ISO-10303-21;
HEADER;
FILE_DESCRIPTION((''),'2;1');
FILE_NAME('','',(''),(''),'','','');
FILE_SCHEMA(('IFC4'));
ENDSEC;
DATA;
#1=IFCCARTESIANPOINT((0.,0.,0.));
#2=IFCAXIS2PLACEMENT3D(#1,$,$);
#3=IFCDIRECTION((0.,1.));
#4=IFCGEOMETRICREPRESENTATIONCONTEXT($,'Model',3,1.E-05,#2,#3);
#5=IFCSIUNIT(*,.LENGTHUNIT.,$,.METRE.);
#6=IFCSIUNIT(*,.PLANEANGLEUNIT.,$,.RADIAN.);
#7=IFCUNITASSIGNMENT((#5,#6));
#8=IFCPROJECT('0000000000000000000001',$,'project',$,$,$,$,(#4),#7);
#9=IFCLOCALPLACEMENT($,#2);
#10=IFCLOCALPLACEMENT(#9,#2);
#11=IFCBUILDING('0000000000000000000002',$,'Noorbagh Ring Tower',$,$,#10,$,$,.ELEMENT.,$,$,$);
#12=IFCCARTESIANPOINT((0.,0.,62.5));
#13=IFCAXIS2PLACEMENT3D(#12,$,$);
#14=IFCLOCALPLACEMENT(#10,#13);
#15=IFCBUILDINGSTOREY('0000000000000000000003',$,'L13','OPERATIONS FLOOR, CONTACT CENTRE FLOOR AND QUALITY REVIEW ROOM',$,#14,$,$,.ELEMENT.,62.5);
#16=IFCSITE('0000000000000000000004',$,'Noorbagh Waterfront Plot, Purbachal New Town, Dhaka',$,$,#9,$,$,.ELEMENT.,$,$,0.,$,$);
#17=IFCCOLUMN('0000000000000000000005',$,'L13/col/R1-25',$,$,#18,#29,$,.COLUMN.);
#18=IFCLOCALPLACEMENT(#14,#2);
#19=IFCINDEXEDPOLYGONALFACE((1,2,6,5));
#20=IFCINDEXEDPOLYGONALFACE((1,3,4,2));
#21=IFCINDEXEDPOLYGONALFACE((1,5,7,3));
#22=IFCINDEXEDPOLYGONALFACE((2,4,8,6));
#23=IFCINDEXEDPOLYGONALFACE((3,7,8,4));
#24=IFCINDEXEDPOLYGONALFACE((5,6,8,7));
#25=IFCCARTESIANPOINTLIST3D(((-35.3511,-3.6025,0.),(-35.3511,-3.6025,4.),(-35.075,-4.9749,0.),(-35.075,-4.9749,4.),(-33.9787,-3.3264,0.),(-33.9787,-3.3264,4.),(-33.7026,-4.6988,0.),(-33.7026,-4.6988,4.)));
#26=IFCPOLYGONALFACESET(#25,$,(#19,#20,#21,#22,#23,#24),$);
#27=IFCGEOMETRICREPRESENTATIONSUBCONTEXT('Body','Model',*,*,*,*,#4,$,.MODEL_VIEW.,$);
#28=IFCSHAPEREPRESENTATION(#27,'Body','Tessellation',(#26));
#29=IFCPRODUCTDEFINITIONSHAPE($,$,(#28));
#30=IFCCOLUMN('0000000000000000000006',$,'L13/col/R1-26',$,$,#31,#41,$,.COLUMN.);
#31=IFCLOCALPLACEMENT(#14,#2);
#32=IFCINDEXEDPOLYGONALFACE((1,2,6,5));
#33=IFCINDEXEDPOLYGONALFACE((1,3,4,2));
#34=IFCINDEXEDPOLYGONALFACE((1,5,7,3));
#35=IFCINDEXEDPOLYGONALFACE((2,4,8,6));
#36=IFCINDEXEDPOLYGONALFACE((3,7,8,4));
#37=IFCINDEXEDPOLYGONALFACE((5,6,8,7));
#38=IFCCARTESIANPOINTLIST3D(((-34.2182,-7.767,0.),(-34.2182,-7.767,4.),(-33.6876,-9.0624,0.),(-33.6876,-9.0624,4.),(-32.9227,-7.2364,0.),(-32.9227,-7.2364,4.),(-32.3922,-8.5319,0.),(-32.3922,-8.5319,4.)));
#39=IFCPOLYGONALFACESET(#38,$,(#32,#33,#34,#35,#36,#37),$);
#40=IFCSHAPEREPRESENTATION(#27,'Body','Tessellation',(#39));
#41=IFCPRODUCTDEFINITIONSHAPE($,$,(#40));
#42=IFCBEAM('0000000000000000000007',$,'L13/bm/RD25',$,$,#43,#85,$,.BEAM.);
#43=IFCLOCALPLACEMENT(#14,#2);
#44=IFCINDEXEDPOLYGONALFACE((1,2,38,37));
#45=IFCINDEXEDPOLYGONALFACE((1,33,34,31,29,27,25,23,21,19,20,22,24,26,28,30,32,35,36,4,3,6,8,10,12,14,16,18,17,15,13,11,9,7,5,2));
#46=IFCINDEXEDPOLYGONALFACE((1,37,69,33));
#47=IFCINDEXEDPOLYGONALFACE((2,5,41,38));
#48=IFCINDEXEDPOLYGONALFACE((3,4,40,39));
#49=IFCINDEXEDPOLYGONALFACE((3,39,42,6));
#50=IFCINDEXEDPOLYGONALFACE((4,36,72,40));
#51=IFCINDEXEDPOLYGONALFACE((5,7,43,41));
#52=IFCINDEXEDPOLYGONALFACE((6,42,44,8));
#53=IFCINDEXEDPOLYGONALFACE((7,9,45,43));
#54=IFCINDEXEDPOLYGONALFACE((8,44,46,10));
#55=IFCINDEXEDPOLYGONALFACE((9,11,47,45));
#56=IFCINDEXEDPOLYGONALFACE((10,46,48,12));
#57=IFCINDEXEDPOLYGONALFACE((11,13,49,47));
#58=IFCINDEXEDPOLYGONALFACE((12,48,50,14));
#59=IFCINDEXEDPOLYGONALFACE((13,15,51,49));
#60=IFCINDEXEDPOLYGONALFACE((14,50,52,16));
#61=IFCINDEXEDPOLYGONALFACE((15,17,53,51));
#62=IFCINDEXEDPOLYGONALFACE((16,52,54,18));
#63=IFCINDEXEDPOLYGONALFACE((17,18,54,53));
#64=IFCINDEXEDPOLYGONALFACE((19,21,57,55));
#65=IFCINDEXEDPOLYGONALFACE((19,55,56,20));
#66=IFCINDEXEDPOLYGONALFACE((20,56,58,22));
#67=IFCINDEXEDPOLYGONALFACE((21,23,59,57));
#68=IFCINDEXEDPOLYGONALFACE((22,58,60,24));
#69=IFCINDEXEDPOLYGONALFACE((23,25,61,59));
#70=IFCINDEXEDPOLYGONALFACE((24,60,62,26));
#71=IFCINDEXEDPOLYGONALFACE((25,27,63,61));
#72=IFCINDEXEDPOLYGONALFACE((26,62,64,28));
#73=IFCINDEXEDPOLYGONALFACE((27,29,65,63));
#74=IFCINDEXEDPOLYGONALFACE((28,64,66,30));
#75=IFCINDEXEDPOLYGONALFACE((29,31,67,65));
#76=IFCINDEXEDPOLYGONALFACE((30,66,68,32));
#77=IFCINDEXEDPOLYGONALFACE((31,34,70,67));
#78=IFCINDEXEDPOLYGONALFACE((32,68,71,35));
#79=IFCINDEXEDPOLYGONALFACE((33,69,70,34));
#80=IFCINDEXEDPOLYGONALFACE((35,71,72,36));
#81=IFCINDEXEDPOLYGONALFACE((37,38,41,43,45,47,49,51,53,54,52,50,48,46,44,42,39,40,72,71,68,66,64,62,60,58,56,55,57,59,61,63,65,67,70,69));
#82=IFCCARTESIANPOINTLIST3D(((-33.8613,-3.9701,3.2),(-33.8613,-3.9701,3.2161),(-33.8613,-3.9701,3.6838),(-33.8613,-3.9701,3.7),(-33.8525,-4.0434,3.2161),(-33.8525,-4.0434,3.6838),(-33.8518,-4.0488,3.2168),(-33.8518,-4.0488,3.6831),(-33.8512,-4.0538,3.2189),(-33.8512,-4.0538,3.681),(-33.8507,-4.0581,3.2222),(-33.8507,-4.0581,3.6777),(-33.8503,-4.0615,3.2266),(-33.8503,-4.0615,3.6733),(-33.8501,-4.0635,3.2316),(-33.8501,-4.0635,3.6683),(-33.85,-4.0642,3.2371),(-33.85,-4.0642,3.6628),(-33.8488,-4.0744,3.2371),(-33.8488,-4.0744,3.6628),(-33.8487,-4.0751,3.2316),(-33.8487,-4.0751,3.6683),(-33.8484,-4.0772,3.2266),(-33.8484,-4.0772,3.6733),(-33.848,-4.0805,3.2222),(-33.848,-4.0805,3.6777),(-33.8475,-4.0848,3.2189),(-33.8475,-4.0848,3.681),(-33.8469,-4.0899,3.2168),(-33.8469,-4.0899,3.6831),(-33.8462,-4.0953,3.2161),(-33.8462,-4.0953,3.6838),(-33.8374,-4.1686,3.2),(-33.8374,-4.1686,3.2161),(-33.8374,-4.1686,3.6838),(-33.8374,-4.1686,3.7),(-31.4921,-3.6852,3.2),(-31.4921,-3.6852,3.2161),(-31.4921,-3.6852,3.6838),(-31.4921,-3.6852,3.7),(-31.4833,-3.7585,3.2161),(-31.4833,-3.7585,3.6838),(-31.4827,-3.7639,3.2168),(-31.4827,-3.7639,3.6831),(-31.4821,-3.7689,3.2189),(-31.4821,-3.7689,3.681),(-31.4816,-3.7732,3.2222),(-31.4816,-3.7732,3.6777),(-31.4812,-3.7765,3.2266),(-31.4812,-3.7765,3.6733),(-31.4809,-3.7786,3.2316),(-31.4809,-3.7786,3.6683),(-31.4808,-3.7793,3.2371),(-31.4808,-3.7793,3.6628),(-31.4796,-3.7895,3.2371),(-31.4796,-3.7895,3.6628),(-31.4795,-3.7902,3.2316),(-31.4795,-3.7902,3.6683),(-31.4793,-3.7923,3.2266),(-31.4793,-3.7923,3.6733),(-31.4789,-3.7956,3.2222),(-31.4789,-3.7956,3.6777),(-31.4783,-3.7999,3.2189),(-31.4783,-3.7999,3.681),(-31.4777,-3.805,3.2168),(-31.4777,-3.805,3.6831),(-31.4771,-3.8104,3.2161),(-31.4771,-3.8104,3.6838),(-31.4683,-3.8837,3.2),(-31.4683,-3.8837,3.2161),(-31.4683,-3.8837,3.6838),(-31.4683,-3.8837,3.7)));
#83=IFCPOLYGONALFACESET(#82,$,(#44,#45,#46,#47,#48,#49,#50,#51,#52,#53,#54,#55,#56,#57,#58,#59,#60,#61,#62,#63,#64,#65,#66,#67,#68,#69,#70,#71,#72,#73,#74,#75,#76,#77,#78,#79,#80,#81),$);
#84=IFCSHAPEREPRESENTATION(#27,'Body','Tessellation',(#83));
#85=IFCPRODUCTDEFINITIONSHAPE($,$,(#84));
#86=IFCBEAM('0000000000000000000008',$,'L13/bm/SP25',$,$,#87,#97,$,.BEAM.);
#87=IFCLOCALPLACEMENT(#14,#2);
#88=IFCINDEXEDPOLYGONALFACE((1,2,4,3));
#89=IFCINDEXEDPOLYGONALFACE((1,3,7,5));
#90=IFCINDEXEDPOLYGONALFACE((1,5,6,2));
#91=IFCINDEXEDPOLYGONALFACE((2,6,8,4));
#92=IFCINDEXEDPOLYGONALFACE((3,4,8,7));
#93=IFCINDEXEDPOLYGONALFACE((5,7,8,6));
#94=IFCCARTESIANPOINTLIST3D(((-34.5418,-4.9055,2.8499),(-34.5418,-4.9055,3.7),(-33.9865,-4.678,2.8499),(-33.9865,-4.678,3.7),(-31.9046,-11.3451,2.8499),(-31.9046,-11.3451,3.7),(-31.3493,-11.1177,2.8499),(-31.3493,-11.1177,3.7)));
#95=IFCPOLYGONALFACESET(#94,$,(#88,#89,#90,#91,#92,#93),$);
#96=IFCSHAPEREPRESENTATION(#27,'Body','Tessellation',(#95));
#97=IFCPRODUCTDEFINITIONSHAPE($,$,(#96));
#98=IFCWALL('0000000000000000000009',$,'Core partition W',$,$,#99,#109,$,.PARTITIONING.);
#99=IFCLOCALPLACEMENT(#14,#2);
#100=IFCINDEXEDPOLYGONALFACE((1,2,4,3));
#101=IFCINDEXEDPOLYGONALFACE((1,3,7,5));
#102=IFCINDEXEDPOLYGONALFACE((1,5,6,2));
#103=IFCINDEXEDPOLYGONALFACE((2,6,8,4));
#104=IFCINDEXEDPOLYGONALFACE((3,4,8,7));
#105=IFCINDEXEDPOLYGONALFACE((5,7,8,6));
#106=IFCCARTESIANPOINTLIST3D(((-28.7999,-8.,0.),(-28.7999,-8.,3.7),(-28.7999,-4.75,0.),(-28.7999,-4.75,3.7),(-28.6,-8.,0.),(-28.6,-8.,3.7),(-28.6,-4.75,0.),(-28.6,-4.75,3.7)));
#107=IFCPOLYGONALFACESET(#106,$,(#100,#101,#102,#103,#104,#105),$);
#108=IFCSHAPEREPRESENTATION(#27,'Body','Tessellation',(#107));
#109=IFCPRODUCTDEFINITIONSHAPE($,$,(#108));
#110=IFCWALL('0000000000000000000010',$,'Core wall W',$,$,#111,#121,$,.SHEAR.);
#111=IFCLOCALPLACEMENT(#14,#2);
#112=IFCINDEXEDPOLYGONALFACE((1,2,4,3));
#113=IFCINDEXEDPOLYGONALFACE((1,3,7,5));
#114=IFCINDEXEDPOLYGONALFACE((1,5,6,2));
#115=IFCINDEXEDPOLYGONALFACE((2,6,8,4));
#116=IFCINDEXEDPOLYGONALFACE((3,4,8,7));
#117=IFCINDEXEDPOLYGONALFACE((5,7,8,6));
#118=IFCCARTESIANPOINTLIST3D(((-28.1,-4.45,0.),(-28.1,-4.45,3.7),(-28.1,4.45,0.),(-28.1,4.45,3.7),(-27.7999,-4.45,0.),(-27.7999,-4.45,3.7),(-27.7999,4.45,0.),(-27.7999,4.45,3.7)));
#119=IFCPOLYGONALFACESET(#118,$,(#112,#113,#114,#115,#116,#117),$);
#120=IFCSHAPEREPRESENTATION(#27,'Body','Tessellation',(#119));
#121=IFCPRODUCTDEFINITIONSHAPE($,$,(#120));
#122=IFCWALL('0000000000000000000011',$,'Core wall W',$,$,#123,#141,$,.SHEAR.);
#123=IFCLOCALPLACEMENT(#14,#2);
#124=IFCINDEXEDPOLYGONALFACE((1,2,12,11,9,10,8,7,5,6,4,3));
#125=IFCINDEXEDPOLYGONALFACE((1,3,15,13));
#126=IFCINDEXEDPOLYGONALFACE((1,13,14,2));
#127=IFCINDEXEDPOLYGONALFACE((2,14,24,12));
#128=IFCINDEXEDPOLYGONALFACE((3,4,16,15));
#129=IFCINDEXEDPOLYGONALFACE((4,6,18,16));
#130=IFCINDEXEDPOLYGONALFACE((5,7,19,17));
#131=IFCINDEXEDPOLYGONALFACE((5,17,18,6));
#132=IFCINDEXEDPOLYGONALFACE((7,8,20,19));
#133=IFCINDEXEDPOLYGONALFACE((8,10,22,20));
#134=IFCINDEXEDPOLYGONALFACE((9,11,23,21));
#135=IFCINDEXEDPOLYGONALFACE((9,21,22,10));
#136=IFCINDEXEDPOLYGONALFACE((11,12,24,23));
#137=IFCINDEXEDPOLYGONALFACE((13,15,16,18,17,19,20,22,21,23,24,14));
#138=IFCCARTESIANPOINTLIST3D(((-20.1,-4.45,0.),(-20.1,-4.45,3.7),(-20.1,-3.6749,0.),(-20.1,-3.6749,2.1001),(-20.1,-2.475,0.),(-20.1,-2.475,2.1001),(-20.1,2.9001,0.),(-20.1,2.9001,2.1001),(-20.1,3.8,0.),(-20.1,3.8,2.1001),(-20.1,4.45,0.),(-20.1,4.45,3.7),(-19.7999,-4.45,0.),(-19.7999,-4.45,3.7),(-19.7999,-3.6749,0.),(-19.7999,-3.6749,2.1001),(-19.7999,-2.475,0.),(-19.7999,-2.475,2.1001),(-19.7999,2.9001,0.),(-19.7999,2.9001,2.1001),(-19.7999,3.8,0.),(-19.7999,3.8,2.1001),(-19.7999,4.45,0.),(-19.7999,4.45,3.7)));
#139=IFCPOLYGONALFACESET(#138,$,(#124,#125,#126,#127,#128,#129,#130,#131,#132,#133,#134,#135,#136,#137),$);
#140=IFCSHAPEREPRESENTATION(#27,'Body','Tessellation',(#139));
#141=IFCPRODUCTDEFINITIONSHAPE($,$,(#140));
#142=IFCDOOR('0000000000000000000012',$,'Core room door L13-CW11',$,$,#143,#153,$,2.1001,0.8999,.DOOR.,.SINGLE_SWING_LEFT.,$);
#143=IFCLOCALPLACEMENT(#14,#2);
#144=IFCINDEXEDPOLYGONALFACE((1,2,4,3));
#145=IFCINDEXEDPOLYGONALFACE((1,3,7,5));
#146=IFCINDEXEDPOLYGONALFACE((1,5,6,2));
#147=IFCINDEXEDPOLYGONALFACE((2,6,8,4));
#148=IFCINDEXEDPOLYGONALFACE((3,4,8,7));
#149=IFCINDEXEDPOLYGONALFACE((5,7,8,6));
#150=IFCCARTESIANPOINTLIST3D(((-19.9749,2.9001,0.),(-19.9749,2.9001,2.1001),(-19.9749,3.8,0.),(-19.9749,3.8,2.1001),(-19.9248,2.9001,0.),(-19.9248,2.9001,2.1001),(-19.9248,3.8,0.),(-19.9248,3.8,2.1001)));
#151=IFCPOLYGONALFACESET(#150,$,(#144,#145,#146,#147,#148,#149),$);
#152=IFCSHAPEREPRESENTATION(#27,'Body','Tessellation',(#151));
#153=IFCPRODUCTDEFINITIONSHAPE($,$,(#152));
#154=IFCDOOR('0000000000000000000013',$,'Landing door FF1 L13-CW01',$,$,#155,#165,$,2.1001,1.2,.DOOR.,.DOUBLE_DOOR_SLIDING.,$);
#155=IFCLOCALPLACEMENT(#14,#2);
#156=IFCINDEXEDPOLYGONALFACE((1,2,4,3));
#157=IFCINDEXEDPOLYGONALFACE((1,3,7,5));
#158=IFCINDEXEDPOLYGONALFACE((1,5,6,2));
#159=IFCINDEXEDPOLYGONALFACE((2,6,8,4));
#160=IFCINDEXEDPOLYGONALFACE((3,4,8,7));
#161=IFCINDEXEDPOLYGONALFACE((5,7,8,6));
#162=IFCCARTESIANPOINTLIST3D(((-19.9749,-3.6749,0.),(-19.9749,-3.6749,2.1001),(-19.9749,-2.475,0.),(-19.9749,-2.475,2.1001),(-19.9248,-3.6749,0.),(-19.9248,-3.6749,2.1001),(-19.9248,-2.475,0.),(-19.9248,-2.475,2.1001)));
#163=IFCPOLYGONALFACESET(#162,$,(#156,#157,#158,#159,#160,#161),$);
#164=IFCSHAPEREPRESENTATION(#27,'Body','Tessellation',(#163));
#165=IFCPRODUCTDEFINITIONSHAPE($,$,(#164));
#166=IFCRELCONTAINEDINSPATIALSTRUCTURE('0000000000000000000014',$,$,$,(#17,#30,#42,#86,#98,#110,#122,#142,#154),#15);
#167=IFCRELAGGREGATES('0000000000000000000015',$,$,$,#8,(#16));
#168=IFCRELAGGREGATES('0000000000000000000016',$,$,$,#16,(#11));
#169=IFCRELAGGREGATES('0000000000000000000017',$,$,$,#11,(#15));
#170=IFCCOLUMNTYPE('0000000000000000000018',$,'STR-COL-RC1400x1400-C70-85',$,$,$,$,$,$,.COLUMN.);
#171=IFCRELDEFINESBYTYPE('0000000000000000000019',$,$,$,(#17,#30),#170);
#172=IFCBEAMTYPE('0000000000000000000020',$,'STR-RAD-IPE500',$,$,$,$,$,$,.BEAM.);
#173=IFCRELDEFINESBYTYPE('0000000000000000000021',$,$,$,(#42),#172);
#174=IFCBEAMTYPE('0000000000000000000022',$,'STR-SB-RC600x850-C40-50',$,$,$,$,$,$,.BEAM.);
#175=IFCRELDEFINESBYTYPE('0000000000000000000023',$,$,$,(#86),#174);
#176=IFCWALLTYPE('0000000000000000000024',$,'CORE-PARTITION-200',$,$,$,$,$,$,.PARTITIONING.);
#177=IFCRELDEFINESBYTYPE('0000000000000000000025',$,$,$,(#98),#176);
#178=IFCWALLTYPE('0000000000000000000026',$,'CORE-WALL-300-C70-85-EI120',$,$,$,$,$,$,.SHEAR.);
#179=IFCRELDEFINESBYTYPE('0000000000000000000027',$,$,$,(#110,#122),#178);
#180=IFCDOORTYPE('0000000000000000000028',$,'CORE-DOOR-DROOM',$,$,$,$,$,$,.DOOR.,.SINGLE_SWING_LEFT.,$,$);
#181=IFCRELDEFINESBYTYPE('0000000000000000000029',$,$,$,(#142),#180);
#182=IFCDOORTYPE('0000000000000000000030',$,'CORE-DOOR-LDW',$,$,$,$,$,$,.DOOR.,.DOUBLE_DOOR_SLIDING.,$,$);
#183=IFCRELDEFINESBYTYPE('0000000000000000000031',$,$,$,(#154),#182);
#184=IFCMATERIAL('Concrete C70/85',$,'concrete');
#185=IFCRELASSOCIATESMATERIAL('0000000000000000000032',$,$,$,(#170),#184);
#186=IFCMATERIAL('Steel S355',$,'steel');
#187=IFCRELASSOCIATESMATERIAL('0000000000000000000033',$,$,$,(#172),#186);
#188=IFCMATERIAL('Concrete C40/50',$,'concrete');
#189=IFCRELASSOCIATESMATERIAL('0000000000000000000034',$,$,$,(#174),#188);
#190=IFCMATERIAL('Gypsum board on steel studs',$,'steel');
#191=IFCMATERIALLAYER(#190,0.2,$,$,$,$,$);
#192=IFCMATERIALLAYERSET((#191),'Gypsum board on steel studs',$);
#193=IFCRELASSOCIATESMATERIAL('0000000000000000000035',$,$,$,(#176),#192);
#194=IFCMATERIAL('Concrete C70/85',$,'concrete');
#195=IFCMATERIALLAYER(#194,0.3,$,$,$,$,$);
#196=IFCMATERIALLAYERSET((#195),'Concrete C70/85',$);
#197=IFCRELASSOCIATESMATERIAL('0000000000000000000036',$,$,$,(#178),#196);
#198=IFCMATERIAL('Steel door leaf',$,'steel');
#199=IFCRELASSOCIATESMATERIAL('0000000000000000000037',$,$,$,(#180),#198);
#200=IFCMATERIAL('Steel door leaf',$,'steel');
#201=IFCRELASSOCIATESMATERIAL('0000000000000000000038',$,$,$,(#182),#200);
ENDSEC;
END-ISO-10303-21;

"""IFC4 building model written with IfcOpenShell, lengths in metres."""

from ifc_helpers import new_model, si_unit, direction, frame, frame_2d, origin, origin_2d, place, context, subcontext, project, spatial, rectangle, i_section, extrude, material, layer, layer_set, material_profile, profile_set, type_object, element, fill, save


model = new_model("IFC4")

# Units and contexts
model_context = context("Model", 3, precision=1e-05, world=origin(), true_north=direction((0.0, 1.0)))
body_context = subcontext(model_context, "Body", "Model", "MODEL_VIEW")
ifc_project = project(units=[si_unit("LENGTHUNIT", "METRE"), si_unit("PLANEANGLEUNIT", "RADIAN")], contexts=[model_context])

# Site, building, storey
site_placement = place(None, origin())
site = spatial("IfcSite", under=ifc_project, at=site_placement, Name="Noorbagh Waterfront Plot, Purbachal New Town, Dhaka", CompositionType="ELEMENT", RefElevation=0.0)
building_placement = place(site_placement, origin())
building = spatial("IfcBuilding", under=site, at=building_placement, Name="Noorbagh Ring Tower", CompositionType="ELEMENT")
storey_placement = place(building_placement, frame((0.0, 0.0, 62.5)))
storey = spatial("IfcBuildingStorey", under=building, at=storey_placement, Name="L13", Description="OPERATIONS FLOOR, CONTACT CENTRE FLOOR AND QUALITY REVIEW ROOM", CompositionType="ELEMENT", Elevation=62.5)

# Columns
ifc_material_1 = material(Name="Concrete C70/85", Category="concrete")
ifc_material_profile_1 = material_profile(ifc_material_1, rectangle(XDim=1.3999, YDim=1.3999, at=origin_2d()), Name="RC1400x1400")
ifc_profile_set_1 = profile_set([ifc_material_profile_1], Name="Concrete C70/85")
column_type = type_object("IfcColumnType", Name="STR-COL-RC1400x1400-C70-85", PredefinedType="COLUMN", material=ifc_profile_set_1)
for number, where, z_axis, x_axis, name in (
    (1, (-34.5269, -4.1506, 0.0), (0.0, 0.0, 1.0), (0.19723, -0.980357, 0.0), "L13/col/R1-25"),
    (2, (-33.3052, -8.1494, 0.0), (0.0, 0.0, 1.0), (0.378989, -0.925401, 0.0), "L13/col/R1-26"),
):
    element("IfcColumn", number, at=place(storey_placement, frame(where, z_axis=z_axis, x_axis=x_axis)), inside=storey, type_object=column_type, Name=name, PredefinedType="COLUMN", context=body_context, shape_type="SweptSolid", body=[
        extrude(rectangle(XDim=1.3999, YDim=1.3999, at=origin_2d()), origin(), (0.0, 0.0, 1.0), 4.0),
    ])

# Beams
ifc_material_2 = material(Name="Steel S355", Category="steel")
ifc_material_profile_2 = material_profile(ifc_material_2, i_section(OverallWidth=0.2, OverallDepth=0.5, WebThickness=0.0103, FlangeThickness=0.0161, FilletRadius=0.021, at=origin_2d()), Name="IPE500")
ifc_profile_set_2 = profile_set([ifc_material_profile_2], Name="Steel S355")
beam_type_1 = type_object("IfcBeamType", Name="STR-RAD-IPE500", PredefinedType="BEAM", material=ifc_profile_set_2)
beam_1_placement = place(storey_placement, frame((-33.8494, -4.0693, 3.45), z_axis=(0.992846, 0.119399, 0.0), x_axis=(-0.119399, 0.992846, 0.0)))
element("IfcBeam", 3, at=beam_1_placement, inside=storey, type_object=beam_type_1, Name="L13/bm/RD25", PredefinedType="BEAM", context=body_context, shape_type="SweptSolid", body=[
    extrude(i_section(OverallWidth=0.2, OverallDepth=0.5, WebThickness=0.0103, FlangeThickness=0.0161, FilletRadius=0.021, at=origin_2d()), origin(), (0.0, 0.0, 1.0), 2.3862),
])
ifc_material_3 = material(Name="Concrete C40/50", Category="concrete")
ifc_material_profile_3 = material_profile(ifc_material_3, rectangle(XDim=0.6001, YDim=0.8501, at=origin_2d()), Name="RC600x850")
ifc_profile_set_3 = profile_set([ifc_material_profile_3], Name="Concrete C40/50")
beam_type_2 = type_object("IfcBeamType", Name="STR-SB-RC600x850-C40-50", PredefinedType="BEAM", material=ifc_profile_set_3)
beam_2_placement = place(storey_placement, frame((-34.2642, -4.7917, 3.2749), z_axis=(0.378976, -0.925407, 0.0), x_axis=(0.925407, 0.378976, 0.0)))
element("IfcBeam", 4, at=beam_2_placement, inside=storey, type_object=beam_type_2, Name="L13/bm/SP25", PredefinedType="BEAM", context=body_context, shape_type="SweptSolid", body=[
    extrude(rectangle(XDim=0.6001, YDim=0.8501, at=origin_2d()), origin(), (0.0, 0.0, 1.0), 6.9587),
])

# Walls
ifc_material_4 = material(Name="Gypsum board on steel studs", Category="steel")
ifc_layer_1 = layer(ifc_material_4, 0.2)
ifc_layer_set_1 = layer_set([ifc_layer_1], Name="Gypsum board on steel studs")
wall_type_1 = type_object("IfcWallType", Name="CORE-PARTITION-200", PredefinedType="PARTITIONING", material=ifc_layer_set_1)
wall_1_placement = place(storey_placement, frame((-28.7, -8.0, 0.0), z_axis=(0.0, 0.0, 1.0), x_axis=(0.0, 1.0, 0.0)))
element("IfcWall", 5, at=wall_1_placement, inside=storey, type_object=wall_type_1, Name="Core partition W", PredefinedType="PARTITIONING", context=body_context, shape_type="SweptSolid", body=[
    extrude(rectangle(XDim=3.25, YDim=0.2, at=frame_2d((1.625, 0.0))), origin(), (0.0, 0.0, 1.0), 3.7),
])
ifc_material_5 = material(Name="Concrete C70/85", Category="concrete")
ifc_layer_2 = layer(ifc_material_5, 0.3)
ifc_layer_set_2 = layer_set([ifc_layer_2], Name="Concrete C70/85")
wall_type_2 = type_object("IfcWallType", Name="CORE-WALL-300-C70-85-EI120", PredefinedType="SHEAR", material=ifc_layer_set_2)
wall_2_placement = place(storey_placement, frame((-27.95, -4.45, 0.0), z_axis=(0.0, 0.0, 1.0), x_axis=(0.0, 1.0, 0.0)))
element("IfcWall", 6, at=wall_2_placement, inside=storey, type_object=wall_type_2, Name="Core wall W", PredefinedType="SHEAR", context=body_context, shape_type="SweptSolid", body=[
    extrude(rectangle(XDim=8.8999, YDim=0.3, at=frame_2d((4.45, 0.0))), origin(), (0.0, 0.0, 1.0), 3.7),
])

# Wall, openings, doors
wall_3_placement = place(storey_placement, frame((-19.95, -4.45, 0.0), z_axis=(0.0, 0.0, 1.0), x_axis=(0.0, 1.0, 0.0)))
wall_3 = element("IfcWall", 7, at=wall_3_placement, inside=storey, type_object=wall_type_2, Name="Core wall W", PredefinedType="SHEAR", context=body_context, shape_type="SweptSolid", body=[
    extrude(rectangle(XDim=8.8999, YDim=0.3, at=frame_2d((4.45, 0.0))), origin(), (0.0, 0.0, 1.0), 3.7),
])
opening_1_placement = place(wall_3_placement, frame((0.7749, 0.0, 0.0)))
opening_1 = element("IfcOpeningElement", 8, at=opening_1_placement, cuts=wall_3, PredefinedType="OPENING", context=body_context, shape_type="SweptSolid", body=[
    extrude(rectangle(XDim=1.2, YDim=2.1001, at=frame_2d((0.6001, 1.05))), frame((0.0, 0.1602, 0.0), z_axis=(0.0, -1.0, 0.0), x_axis=(1.0, 0.0, 0.0)), (0.0, 0.0, 1.0), 0.3201),
])
opening_2_placement = place(wall_3_placement, frame((7.3501, 0.0, 0.0)))
opening_2 = element("IfcOpeningElement", 9, at=opening_2_placement, cuts=wall_3, PredefinedType="OPENING", context=body_context, shape_type="SweptSolid", body=[
    extrude(rectangle(XDim=0.8999, YDim=2.1001, at=frame_2d((0.45, 1.05))), frame((0.0, 0.1602, 0.0), z_axis=(0.0, -1.0, 0.0), x_axis=(1.0, 0.0, 0.0)), (0.0, 0.0, 1.0), 0.3201),
])
ifc_material_6 = material(Name="Steel door leaf", Category="steel")
door_type_1 = type_object("IfcDoorType", Name="CORE-DOOR-DROOM", OperationType="SINGLE_SWING_LEFT", PredefinedType="DOOR", material=ifc_material_6)
door_1_placement = place(opening_2_placement, origin())
door_1 = element("IfcDoor", 10, at=door_1_placement, inside=storey, type_object=door_type_1, Name="Core room door L13-CW11", OperationType="SINGLE_SWING_LEFT", OverallHeight=2.1001, OverallWidth=0.8999, PredefinedType="DOOR", context=body_context, shape_type="SweptSolid", body=[
    extrude(rectangle(XDim=0.8999, YDim=2.1001, at=frame_2d((0.45, 1.05))), frame((0.0, 0.0249, 0.0), z_axis=(0.0, -1.0, 0.0), x_axis=(1.0, 0.0, 0.0)), (0.0, 0.0, 1.0), 0.05),
])
fill(opening_2, door_1)
ifc_material_7 = material(Name="Steel door leaf", Category="steel")
door_type_2 = type_object("IfcDoorType", Name="CORE-DOOR-LDW", OperationType="DOUBLE_DOOR_SLIDING", PredefinedType="DOOR", material=ifc_material_7)
door_2_placement = place(opening_1_placement, origin())
door_2 = element("IfcDoor", 11, at=door_2_placement, inside=storey, type_object=door_type_2, Name="Landing door FF1 L13-CW01", OperationType="DOUBLE_DOOR_SLIDING", OverallHeight=2.1001, OverallWidth=1.2, PredefinedType="DOOR", context=body_context, shape_type="SweptSolid", body=[
    extrude(rectangle(XDim=1.2, YDim=2.1001, at=frame_2d((0.6001, 1.05))), frame((0.0, 0.0249, 0.0), z_axis=(0.0, -1.0, 0.0), x_axis=(1.0, 0.0, 0.0)), (0.0, 0.0, 1.0), 0.05),
])
fill(opening_1, door_2)

save(model, "model.ifc")
